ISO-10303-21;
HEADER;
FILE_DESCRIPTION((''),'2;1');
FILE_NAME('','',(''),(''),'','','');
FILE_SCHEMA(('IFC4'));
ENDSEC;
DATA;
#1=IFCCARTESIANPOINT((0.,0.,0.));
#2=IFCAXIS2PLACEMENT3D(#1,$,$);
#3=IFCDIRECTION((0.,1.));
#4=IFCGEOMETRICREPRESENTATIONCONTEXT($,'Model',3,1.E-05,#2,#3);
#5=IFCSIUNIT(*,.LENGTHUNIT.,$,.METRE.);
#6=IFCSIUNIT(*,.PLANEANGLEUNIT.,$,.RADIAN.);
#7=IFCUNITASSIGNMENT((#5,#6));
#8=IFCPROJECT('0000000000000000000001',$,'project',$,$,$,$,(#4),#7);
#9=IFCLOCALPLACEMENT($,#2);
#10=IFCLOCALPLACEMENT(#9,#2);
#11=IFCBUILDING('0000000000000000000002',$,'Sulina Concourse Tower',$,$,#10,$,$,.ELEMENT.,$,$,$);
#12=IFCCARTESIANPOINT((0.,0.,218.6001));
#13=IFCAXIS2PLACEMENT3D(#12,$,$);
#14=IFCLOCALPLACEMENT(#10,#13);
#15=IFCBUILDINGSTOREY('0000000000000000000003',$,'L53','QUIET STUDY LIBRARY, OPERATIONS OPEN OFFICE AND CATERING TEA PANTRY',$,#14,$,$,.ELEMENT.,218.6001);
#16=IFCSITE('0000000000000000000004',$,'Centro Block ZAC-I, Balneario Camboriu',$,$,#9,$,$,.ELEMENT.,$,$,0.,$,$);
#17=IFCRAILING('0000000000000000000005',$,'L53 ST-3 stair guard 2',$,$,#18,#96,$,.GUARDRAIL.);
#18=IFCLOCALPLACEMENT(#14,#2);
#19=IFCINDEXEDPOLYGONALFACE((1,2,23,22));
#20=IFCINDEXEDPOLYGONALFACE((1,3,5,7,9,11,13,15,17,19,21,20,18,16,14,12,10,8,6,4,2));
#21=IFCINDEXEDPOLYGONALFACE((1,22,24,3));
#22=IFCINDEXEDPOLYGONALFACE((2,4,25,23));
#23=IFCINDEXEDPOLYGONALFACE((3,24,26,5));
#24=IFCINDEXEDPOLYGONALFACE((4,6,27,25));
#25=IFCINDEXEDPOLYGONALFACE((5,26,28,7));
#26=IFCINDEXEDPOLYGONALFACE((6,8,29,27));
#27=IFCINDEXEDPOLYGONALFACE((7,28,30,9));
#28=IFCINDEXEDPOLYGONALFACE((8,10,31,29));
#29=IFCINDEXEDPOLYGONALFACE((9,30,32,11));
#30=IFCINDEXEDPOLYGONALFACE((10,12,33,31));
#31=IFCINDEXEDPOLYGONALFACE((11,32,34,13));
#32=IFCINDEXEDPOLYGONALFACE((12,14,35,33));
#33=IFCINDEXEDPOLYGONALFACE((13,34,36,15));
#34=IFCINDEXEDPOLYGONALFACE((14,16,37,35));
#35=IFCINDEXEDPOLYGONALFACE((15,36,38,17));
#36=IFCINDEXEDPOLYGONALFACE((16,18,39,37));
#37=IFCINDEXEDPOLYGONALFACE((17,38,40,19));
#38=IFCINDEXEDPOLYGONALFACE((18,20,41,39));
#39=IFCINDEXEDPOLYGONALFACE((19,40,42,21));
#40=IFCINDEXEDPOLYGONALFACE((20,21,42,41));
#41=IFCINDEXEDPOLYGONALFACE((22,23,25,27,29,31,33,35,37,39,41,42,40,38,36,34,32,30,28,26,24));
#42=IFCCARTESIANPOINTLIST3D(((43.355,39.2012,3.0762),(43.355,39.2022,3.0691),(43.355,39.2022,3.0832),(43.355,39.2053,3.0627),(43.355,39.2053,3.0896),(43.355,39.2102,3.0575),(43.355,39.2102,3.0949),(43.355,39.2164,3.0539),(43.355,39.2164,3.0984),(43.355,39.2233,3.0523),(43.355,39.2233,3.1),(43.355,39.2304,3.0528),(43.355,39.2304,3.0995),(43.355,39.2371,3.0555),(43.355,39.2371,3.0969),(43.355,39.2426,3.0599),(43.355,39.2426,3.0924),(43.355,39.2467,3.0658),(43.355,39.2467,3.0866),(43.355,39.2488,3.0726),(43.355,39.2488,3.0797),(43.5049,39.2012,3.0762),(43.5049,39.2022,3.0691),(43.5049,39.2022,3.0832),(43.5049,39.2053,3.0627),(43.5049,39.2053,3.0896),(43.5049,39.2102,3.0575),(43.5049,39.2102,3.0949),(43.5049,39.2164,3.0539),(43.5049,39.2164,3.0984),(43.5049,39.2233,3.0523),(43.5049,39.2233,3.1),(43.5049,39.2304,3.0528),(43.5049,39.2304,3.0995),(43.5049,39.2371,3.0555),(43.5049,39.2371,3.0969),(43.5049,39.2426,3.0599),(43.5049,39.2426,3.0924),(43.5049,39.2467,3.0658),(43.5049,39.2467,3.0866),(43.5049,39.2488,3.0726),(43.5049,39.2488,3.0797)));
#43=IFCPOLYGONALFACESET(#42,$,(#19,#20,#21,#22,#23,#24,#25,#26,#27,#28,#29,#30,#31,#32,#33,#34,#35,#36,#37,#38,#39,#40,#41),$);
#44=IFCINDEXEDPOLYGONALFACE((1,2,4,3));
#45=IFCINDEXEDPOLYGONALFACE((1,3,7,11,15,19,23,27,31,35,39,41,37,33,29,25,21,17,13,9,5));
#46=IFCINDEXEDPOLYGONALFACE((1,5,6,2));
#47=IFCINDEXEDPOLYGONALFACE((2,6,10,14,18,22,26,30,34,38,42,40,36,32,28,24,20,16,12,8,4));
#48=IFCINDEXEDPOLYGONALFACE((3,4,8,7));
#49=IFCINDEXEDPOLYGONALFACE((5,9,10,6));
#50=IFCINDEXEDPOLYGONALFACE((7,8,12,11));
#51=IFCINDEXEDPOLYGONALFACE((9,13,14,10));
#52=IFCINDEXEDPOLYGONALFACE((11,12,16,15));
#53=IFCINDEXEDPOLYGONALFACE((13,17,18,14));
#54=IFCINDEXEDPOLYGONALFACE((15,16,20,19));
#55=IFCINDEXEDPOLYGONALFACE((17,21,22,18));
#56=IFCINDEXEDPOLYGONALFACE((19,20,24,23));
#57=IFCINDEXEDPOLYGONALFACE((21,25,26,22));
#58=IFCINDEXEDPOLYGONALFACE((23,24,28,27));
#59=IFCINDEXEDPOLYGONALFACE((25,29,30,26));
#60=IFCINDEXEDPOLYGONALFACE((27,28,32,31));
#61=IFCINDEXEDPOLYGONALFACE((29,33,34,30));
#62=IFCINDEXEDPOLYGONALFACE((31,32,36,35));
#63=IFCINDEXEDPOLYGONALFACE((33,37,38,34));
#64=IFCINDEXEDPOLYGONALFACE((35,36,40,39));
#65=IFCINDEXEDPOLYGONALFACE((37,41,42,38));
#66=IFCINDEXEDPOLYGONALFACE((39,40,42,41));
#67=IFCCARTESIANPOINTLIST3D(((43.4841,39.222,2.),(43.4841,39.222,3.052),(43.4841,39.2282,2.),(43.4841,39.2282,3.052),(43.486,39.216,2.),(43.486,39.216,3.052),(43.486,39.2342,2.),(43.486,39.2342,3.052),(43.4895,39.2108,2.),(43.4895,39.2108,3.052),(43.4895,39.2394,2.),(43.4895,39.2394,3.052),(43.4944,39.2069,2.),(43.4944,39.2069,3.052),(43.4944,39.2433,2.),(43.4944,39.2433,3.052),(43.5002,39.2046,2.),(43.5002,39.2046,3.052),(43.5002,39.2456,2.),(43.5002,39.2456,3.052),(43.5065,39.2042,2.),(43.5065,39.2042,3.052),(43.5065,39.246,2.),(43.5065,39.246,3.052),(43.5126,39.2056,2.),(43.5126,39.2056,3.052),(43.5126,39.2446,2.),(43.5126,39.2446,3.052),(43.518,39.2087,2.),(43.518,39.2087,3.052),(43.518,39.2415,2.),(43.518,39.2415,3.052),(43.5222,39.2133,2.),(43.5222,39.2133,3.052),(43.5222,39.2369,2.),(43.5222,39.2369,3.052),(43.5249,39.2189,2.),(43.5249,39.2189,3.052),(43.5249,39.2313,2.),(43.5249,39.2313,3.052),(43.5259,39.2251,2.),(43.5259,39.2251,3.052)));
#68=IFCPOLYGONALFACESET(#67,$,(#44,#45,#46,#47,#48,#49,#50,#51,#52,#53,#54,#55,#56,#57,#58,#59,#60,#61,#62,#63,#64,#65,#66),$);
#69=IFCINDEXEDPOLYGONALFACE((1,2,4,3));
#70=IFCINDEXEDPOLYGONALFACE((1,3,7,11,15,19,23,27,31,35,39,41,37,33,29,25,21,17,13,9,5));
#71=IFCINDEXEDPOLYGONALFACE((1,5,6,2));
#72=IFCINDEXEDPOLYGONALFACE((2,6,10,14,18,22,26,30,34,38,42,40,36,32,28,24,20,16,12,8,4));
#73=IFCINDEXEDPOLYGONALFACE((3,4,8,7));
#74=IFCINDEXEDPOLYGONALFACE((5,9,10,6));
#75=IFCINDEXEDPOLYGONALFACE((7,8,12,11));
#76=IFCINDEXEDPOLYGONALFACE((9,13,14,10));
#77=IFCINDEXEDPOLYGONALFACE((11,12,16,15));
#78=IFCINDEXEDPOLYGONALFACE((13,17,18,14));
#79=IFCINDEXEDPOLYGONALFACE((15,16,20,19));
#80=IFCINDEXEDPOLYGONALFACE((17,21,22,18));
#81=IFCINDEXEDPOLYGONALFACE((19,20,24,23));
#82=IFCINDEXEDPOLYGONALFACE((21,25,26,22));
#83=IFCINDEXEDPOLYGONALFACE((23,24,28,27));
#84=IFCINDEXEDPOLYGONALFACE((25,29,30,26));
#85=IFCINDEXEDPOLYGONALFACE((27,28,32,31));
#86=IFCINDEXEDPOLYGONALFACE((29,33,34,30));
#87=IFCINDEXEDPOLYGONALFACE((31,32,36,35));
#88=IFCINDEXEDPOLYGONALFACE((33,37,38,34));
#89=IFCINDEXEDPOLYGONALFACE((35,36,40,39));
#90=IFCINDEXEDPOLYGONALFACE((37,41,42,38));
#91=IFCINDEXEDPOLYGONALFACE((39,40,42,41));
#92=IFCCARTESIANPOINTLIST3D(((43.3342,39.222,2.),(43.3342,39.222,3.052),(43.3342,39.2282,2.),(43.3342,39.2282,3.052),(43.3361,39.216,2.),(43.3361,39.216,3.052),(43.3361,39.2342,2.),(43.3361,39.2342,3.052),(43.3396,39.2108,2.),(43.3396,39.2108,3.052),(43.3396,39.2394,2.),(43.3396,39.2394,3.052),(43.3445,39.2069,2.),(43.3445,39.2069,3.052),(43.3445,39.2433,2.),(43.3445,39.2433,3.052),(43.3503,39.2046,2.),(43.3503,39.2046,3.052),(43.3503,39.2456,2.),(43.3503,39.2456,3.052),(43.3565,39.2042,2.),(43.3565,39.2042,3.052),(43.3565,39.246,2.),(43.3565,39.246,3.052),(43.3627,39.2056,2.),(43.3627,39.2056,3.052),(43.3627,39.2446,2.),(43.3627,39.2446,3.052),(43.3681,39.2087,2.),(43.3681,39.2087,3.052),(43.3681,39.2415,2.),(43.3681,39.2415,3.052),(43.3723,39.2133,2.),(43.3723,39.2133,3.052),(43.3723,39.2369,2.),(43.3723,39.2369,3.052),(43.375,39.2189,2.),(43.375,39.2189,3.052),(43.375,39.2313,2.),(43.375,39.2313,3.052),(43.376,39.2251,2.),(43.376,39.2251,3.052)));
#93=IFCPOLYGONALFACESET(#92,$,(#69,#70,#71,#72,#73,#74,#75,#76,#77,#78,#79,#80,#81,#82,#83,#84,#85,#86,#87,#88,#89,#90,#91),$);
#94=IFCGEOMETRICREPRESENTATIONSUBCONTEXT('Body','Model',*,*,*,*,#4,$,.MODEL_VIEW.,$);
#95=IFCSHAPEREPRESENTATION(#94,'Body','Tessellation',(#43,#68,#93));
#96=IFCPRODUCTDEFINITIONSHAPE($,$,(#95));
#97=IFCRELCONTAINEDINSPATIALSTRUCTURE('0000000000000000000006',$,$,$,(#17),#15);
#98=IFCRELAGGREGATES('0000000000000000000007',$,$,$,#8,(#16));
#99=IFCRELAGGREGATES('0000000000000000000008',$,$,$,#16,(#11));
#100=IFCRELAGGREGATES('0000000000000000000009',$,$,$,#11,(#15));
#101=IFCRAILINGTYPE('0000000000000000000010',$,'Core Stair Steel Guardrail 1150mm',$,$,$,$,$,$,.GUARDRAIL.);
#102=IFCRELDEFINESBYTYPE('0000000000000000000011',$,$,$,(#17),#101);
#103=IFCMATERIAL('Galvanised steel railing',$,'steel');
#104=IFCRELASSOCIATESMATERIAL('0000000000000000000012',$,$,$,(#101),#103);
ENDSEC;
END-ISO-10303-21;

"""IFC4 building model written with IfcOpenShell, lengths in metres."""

from ifc_helpers import new_model, si_unit, direction, frame, origin, origin_2d, place, context, subcontext, project, spatial, circle, extrude, material, type_object, element, save


model = new_model("IFC4")

# Units and contexts
model_context = context("Model", 3, precision=1e-05, world=origin(), true_north=direction((0.0, 1.0)))
body_context = subcontext(model_context, "Body", "Model", "MODEL_VIEW")
ifc_project = project(units=[si_unit("LENGTHUNIT", "METRE"), si_unit("PLANEANGLEUNIT", "RADIAN")], contexts=[model_context])

# Site, building, storey
site_placement = place(None, origin())
site = spatial("IfcSite", under=ifc_project, at=site_placement, Name="Centro Block ZAC-I, Balneario Camboriu", CompositionType="ELEMENT", RefElevation=0.0)
building_placement = place(site_placement, origin())
building = spatial("IfcBuilding", under=site, at=building_placement, Name="Sulina Concourse Tower", CompositionType="ELEMENT")
storey_placement = place(building_placement, frame((0.0, 0.0, 218.6001)))
storey = spatial("IfcBuildingStorey", under=building, at=storey_placement, Name="L53", Description="QUIET STUDY LIBRARY, OPERATIONS OPEN OFFICE AND CATERING TEA PANTRY", CompositionType="ELEMENT", Elevation=218.6001)

# Railing
ifc_material_1 = material(Name="Galvanised steel railing", Category="steel")
railing_type_1 = type_object("IfcRailingType", Name="Core Stair Steel Guardrail 1150mm", PredefinedType="GUARDRAIL", material=ifc_material_1)
railing_1_placement = place(storey_placement, frame((43.5049, 39.2251, 2.0)))
element("IfcRailing", 1, at=railing_1_placement, inside=storey, type_object=railing_type_1, Name="L53 ST-3 stair guard 2", PredefinedType="GUARDRAIL", context=body_context, shape_type="SweptSolid", body=[
    extrude(circle(Radius=0.0239, at=origin_2d()), frame((0.0, 0.0, 1.0762), z_axis=(-1.0, 0.0, 0.0), x_axis=(0.0, -1.0, 0.0)), (0.0, 0.0, 1.0), 0.1499),
    extrude(circle(Radius=0.021, at=origin_2d()), origin(), (0.0, 0.0, 1.0), 1.052),
    extrude(circle(Radius=0.021, at=origin_2d()), frame((-0.1499, 0.0, 0.0)), (0.0, 0.0, 1.0), 1.052),
])

save(model, "model.ifc")
